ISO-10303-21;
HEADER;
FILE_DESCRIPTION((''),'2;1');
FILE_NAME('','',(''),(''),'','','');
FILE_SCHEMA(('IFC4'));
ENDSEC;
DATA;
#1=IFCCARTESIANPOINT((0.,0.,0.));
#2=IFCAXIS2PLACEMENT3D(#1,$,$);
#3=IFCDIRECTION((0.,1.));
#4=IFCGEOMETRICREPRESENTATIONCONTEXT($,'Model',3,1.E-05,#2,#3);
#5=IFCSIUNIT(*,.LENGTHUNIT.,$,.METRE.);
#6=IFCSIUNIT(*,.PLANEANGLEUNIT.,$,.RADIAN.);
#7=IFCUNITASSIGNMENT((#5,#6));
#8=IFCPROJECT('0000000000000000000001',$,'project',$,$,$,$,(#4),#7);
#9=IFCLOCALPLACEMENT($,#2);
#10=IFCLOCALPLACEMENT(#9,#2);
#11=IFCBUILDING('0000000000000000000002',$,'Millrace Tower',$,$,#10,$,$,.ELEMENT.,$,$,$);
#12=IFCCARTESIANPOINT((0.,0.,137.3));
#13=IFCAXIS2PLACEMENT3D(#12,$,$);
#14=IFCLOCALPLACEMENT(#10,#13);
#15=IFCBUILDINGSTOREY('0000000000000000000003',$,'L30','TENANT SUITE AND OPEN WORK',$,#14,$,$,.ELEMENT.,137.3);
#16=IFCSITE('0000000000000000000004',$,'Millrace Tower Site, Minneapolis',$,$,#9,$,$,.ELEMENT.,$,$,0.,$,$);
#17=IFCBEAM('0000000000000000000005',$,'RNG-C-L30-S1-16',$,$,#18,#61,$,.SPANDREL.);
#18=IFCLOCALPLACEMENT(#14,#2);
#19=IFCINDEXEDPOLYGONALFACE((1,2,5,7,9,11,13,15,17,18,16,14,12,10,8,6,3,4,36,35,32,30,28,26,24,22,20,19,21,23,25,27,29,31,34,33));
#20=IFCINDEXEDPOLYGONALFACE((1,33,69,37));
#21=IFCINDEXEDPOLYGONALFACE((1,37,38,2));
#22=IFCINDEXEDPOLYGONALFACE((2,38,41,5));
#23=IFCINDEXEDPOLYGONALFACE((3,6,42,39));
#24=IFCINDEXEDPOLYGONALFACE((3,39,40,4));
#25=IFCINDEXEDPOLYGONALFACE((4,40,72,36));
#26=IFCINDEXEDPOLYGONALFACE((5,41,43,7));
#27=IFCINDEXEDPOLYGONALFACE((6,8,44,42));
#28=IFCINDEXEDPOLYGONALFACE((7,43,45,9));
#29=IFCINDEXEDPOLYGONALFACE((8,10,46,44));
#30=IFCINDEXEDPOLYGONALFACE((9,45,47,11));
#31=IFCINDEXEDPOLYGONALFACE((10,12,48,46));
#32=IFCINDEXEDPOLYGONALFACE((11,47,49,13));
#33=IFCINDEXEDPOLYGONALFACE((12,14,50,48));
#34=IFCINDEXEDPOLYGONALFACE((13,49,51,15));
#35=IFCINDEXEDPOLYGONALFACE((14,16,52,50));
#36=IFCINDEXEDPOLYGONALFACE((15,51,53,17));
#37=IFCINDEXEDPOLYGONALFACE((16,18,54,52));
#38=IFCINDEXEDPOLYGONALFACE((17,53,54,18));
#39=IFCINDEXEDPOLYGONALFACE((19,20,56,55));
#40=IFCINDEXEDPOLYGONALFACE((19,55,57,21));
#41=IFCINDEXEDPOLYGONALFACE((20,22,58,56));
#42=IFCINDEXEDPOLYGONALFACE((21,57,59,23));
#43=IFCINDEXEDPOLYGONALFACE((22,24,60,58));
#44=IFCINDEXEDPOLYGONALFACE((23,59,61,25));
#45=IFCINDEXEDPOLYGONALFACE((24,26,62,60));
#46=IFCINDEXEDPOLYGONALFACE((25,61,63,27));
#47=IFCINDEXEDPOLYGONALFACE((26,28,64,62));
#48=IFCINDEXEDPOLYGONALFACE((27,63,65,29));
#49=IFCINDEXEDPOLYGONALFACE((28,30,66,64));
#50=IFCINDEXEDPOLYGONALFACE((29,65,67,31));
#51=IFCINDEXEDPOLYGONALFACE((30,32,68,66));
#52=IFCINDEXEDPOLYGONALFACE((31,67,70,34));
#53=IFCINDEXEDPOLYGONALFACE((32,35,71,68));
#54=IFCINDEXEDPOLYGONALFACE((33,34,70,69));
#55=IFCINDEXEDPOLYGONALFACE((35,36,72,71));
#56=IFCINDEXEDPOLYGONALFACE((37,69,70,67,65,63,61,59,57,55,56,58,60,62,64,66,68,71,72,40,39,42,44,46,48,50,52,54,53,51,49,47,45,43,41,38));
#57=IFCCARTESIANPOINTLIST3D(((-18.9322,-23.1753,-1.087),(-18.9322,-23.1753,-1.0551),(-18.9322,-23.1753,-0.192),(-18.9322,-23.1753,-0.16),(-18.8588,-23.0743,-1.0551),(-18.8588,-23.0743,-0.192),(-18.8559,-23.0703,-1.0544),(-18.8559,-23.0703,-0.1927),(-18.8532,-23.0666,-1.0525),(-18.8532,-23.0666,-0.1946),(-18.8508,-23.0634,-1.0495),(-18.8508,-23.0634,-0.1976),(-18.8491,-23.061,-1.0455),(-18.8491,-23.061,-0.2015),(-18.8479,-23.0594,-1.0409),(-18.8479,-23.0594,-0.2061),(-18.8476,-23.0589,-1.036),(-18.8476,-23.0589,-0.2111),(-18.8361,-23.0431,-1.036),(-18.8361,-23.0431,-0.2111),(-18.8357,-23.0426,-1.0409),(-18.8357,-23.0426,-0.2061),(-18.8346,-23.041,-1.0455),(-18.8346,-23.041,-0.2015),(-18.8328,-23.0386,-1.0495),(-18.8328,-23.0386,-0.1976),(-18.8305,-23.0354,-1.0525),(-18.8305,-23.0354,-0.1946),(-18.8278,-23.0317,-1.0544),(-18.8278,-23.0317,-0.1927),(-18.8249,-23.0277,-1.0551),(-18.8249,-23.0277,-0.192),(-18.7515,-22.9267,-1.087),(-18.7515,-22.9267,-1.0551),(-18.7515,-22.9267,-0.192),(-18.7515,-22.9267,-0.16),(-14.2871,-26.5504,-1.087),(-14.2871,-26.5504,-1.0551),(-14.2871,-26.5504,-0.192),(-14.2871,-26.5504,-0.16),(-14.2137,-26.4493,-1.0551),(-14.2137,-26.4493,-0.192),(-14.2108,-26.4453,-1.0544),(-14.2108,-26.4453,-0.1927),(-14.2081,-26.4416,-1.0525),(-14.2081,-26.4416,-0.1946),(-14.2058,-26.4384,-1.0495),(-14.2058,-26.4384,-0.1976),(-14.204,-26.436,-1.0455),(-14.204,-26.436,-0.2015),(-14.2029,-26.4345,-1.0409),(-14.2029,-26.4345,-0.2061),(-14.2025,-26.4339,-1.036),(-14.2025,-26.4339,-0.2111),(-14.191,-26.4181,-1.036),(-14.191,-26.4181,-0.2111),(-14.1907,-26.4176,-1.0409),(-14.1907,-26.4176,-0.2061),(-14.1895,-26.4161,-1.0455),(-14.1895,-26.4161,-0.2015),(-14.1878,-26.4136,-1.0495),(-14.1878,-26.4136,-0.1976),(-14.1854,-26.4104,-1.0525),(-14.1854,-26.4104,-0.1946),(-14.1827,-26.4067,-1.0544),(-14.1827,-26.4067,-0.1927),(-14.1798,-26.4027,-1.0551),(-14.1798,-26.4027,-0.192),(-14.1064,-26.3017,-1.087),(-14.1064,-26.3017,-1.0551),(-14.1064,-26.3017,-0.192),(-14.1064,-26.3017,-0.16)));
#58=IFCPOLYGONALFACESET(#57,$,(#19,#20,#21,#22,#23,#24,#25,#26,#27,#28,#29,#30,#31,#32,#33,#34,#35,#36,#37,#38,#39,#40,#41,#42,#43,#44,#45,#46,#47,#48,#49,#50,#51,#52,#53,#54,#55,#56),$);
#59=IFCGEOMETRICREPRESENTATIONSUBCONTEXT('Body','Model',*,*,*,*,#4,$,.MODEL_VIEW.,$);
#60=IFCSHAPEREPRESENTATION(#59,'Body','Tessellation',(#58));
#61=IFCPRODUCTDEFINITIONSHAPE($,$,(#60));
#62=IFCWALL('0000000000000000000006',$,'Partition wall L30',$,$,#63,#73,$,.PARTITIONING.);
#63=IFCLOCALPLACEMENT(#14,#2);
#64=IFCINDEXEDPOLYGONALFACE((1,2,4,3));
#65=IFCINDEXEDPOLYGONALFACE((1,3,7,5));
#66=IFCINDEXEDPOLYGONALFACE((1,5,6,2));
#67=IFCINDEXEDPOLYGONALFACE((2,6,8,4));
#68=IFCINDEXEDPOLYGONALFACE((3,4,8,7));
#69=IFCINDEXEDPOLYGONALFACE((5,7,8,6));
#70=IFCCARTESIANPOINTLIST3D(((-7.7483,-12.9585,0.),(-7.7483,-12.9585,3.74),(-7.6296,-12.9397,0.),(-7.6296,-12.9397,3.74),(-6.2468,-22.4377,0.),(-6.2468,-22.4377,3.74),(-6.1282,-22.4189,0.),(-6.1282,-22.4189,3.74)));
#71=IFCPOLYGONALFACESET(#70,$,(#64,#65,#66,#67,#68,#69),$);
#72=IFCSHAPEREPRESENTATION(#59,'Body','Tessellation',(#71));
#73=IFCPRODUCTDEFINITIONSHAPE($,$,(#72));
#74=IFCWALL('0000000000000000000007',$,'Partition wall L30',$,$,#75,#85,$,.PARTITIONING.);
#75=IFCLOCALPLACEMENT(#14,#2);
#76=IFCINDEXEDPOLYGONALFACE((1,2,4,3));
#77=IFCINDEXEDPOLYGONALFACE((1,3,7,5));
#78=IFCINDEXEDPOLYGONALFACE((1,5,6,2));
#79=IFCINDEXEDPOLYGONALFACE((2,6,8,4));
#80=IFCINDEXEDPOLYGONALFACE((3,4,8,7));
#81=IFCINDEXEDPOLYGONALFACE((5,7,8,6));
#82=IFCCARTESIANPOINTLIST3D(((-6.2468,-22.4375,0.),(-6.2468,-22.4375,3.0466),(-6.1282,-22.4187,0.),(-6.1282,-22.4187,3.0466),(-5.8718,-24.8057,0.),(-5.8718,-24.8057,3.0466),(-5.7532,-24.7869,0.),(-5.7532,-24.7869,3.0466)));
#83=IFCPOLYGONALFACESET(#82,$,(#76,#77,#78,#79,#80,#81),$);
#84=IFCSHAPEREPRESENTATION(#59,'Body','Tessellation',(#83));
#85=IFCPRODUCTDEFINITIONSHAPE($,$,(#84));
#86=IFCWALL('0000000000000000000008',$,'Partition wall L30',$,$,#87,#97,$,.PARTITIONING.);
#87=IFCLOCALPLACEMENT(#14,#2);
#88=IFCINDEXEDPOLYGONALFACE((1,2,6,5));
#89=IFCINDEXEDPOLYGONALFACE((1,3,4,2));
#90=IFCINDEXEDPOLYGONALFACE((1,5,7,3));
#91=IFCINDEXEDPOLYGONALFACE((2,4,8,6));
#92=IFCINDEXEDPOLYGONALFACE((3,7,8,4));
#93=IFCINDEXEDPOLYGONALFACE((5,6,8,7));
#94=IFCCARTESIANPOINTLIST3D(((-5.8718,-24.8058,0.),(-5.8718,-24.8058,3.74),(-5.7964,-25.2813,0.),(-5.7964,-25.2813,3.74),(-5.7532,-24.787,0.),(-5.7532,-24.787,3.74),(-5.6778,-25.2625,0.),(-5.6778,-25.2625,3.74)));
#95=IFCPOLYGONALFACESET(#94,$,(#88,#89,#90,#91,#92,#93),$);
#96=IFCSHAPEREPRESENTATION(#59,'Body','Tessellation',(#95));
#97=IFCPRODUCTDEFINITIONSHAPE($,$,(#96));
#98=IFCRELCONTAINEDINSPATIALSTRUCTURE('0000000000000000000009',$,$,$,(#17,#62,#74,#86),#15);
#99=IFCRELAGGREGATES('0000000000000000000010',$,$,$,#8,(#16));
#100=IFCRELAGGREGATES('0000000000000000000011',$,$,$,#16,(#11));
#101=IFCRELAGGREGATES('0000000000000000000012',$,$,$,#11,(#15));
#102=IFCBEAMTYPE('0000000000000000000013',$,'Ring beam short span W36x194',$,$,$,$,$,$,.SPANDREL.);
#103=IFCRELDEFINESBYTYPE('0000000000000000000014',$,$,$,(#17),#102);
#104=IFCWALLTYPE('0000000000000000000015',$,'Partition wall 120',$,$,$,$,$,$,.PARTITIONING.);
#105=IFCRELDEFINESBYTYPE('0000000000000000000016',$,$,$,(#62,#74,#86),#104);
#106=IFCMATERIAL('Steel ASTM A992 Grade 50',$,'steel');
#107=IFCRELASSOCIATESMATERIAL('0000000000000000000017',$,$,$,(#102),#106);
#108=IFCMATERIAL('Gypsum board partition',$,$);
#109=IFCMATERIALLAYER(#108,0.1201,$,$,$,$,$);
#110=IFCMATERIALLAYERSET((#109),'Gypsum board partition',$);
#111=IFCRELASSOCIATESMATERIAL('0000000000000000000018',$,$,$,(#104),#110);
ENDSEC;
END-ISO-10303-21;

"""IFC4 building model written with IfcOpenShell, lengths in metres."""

from ifc_helpers import new_model, si_unit, direction, frame, frame_2d, origin, origin_2d, place, context, subcontext, project, spatial, rectangle, i_section, extrude, material, layer, layer_set, material_profile, profile_set, type_object, element, save


model = new_model("IFC4")

# Units and contexts
model_context = context("Model", 3, precision=1e-05, world=origin(), true_north=direction((0.0, 1.0)))
body_context = subcontext(model_context, "Body", "Model", "MODEL_VIEW")
ifc_project = project(units=[si_unit("LENGTHUNIT", "METRE"), si_unit("PLANEANGLEUNIT", "RADIAN")], contexts=[model_context])

# Site, building, storey
site_placement = place(None, origin())
site = spatial("IfcSite", under=ifc_project, at=site_placement, Name="Millrace Tower Site, Minneapolis", CompositionType="ELEMENT", RefElevation=0.0)
building_placement = place(site_placement, origin())
building = spatial("IfcBuilding", under=site, at=building_placement, Name="Millrace Tower", CompositionType="ELEMENT")
storey_placement = place(building_placement, frame((0.0, 0.0, 137.3)))
storey = spatial("IfcBuildingStorey", under=building, at=storey_placement, Name="L30", Description="TENANT SUITE AND OPEN WORK", CompositionType="ELEMENT", Elevation=137.3)

# Beam
ifc_material_1 = material(Name="Steel ASTM A992 Grade 50", Category="steel")
ifc_material_profile_1 = material_profile(ifc_material_1, i_section(OverallWidth=0.3074, OverallDepth=0.927, WebThickness=0.0195, FlangeThickness=0.032, FilletRadius=0.019, at=origin_2d()))
ifc_profile_set_1 = profile_set([ifc_material_profile_1], Name="Steel ASTM A992 Grade 50")
beam_type_1 = type_object("IfcBeamType", Name="Ring beam short span W36x194", PredefinedType="SPANDREL", material=ifc_profile_set_1)
beam_1_placement = place(storey_placement, frame((-14.1968, -26.426, -0.6235), z_axis=(-0.809001, 0.587808, 0.0), x_axis=(-0.587808, -0.809001, 0.0)))
element("IfcBeam", 1, at=beam_1_placement, inside=storey, type_object=beam_type_1, Name="RNG-C-L30-S1-16", PredefinedType="SPANDREL", context=body_context, shape_type="SweptSolid", body=[
    extrude(i_section(OverallWidth=0.3074, OverallDepth=0.927, WebThickness=0.0195, FlangeThickness=0.032, FilletRadius=0.019, at=origin_2d()), origin(), (0.0, 0.0, 1.0), 5.7417),
])

# Walls
ifc_material_2 = material(Name="Gypsum board partition")
ifc_layer_1 = layer(ifc_material_2, 0.1201)
ifc_layer_set_1 = layer_set([ifc_layer_1], Name="Gypsum board partition")
wall_type = type_object("IfcWallType", Name="Partition wall 120", PredefinedType="PARTITIONING", material=ifc_layer_set_1)
wall_1_placement = place(storey_placement, frame((-7.689, -12.949, 0.0), z_axis=(0.0, 0.0, 1.0), x_axis=(0.156445, -0.987687, 0.0)))
element("IfcWall", 2, at=wall_1_placement, inside=storey, type_object=wall_type, Name="Partition wall L30", PredefinedType="PARTITIONING", context=body_context, shape_type="SweptSolid", body=[
    extrude(rectangle(XDim=9.5974, YDim=0.1201, at=frame_2d((4.7988, 0.0))), origin(), (0.0, 0.0, 1.0), 3.74),
])
wall_2_placement = place(storey_placement, frame((-6.1875, -22.4282, 0.0), z_axis=(0.0, 0.0, 1.0), x_axis=(0.156402, -0.987694, 0.0)))
element("IfcWall", 3, at=wall_2_placement, inside=storey, type_object=wall_type, Name="Partition wall L30", PredefinedType="PARTITIONING", context=body_context, shape_type="SweptSolid", body=[
    extrude(rectangle(XDim=2.3977, YDim=0.1201, at=frame_2d((1.1987, 0.0))), origin(), (0.0, 0.0, 1.0), 3.0466),
])
wall_3_placement = place(storey_placement, frame((-5.8125, -24.7964, 0.0), z_axis=(0.0, 0.0, 1.0), x_axis=(0.156665, -0.987652, 0.0)))
element("IfcWall", 4, at=wall_3_placement, inside=storey, type_object=wall_type, Name="Partition wall L30", PredefinedType="PARTITIONING", context=body_context, shape_type="SweptSolid", body=[
    extrude(rectangle(XDim=0.4814, YDim=0.1201, at=frame_2d((0.2407, 0.0))), origin(), (0.0, 0.0, 1.0), 3.74),
])

save(model, "model.ifc")
